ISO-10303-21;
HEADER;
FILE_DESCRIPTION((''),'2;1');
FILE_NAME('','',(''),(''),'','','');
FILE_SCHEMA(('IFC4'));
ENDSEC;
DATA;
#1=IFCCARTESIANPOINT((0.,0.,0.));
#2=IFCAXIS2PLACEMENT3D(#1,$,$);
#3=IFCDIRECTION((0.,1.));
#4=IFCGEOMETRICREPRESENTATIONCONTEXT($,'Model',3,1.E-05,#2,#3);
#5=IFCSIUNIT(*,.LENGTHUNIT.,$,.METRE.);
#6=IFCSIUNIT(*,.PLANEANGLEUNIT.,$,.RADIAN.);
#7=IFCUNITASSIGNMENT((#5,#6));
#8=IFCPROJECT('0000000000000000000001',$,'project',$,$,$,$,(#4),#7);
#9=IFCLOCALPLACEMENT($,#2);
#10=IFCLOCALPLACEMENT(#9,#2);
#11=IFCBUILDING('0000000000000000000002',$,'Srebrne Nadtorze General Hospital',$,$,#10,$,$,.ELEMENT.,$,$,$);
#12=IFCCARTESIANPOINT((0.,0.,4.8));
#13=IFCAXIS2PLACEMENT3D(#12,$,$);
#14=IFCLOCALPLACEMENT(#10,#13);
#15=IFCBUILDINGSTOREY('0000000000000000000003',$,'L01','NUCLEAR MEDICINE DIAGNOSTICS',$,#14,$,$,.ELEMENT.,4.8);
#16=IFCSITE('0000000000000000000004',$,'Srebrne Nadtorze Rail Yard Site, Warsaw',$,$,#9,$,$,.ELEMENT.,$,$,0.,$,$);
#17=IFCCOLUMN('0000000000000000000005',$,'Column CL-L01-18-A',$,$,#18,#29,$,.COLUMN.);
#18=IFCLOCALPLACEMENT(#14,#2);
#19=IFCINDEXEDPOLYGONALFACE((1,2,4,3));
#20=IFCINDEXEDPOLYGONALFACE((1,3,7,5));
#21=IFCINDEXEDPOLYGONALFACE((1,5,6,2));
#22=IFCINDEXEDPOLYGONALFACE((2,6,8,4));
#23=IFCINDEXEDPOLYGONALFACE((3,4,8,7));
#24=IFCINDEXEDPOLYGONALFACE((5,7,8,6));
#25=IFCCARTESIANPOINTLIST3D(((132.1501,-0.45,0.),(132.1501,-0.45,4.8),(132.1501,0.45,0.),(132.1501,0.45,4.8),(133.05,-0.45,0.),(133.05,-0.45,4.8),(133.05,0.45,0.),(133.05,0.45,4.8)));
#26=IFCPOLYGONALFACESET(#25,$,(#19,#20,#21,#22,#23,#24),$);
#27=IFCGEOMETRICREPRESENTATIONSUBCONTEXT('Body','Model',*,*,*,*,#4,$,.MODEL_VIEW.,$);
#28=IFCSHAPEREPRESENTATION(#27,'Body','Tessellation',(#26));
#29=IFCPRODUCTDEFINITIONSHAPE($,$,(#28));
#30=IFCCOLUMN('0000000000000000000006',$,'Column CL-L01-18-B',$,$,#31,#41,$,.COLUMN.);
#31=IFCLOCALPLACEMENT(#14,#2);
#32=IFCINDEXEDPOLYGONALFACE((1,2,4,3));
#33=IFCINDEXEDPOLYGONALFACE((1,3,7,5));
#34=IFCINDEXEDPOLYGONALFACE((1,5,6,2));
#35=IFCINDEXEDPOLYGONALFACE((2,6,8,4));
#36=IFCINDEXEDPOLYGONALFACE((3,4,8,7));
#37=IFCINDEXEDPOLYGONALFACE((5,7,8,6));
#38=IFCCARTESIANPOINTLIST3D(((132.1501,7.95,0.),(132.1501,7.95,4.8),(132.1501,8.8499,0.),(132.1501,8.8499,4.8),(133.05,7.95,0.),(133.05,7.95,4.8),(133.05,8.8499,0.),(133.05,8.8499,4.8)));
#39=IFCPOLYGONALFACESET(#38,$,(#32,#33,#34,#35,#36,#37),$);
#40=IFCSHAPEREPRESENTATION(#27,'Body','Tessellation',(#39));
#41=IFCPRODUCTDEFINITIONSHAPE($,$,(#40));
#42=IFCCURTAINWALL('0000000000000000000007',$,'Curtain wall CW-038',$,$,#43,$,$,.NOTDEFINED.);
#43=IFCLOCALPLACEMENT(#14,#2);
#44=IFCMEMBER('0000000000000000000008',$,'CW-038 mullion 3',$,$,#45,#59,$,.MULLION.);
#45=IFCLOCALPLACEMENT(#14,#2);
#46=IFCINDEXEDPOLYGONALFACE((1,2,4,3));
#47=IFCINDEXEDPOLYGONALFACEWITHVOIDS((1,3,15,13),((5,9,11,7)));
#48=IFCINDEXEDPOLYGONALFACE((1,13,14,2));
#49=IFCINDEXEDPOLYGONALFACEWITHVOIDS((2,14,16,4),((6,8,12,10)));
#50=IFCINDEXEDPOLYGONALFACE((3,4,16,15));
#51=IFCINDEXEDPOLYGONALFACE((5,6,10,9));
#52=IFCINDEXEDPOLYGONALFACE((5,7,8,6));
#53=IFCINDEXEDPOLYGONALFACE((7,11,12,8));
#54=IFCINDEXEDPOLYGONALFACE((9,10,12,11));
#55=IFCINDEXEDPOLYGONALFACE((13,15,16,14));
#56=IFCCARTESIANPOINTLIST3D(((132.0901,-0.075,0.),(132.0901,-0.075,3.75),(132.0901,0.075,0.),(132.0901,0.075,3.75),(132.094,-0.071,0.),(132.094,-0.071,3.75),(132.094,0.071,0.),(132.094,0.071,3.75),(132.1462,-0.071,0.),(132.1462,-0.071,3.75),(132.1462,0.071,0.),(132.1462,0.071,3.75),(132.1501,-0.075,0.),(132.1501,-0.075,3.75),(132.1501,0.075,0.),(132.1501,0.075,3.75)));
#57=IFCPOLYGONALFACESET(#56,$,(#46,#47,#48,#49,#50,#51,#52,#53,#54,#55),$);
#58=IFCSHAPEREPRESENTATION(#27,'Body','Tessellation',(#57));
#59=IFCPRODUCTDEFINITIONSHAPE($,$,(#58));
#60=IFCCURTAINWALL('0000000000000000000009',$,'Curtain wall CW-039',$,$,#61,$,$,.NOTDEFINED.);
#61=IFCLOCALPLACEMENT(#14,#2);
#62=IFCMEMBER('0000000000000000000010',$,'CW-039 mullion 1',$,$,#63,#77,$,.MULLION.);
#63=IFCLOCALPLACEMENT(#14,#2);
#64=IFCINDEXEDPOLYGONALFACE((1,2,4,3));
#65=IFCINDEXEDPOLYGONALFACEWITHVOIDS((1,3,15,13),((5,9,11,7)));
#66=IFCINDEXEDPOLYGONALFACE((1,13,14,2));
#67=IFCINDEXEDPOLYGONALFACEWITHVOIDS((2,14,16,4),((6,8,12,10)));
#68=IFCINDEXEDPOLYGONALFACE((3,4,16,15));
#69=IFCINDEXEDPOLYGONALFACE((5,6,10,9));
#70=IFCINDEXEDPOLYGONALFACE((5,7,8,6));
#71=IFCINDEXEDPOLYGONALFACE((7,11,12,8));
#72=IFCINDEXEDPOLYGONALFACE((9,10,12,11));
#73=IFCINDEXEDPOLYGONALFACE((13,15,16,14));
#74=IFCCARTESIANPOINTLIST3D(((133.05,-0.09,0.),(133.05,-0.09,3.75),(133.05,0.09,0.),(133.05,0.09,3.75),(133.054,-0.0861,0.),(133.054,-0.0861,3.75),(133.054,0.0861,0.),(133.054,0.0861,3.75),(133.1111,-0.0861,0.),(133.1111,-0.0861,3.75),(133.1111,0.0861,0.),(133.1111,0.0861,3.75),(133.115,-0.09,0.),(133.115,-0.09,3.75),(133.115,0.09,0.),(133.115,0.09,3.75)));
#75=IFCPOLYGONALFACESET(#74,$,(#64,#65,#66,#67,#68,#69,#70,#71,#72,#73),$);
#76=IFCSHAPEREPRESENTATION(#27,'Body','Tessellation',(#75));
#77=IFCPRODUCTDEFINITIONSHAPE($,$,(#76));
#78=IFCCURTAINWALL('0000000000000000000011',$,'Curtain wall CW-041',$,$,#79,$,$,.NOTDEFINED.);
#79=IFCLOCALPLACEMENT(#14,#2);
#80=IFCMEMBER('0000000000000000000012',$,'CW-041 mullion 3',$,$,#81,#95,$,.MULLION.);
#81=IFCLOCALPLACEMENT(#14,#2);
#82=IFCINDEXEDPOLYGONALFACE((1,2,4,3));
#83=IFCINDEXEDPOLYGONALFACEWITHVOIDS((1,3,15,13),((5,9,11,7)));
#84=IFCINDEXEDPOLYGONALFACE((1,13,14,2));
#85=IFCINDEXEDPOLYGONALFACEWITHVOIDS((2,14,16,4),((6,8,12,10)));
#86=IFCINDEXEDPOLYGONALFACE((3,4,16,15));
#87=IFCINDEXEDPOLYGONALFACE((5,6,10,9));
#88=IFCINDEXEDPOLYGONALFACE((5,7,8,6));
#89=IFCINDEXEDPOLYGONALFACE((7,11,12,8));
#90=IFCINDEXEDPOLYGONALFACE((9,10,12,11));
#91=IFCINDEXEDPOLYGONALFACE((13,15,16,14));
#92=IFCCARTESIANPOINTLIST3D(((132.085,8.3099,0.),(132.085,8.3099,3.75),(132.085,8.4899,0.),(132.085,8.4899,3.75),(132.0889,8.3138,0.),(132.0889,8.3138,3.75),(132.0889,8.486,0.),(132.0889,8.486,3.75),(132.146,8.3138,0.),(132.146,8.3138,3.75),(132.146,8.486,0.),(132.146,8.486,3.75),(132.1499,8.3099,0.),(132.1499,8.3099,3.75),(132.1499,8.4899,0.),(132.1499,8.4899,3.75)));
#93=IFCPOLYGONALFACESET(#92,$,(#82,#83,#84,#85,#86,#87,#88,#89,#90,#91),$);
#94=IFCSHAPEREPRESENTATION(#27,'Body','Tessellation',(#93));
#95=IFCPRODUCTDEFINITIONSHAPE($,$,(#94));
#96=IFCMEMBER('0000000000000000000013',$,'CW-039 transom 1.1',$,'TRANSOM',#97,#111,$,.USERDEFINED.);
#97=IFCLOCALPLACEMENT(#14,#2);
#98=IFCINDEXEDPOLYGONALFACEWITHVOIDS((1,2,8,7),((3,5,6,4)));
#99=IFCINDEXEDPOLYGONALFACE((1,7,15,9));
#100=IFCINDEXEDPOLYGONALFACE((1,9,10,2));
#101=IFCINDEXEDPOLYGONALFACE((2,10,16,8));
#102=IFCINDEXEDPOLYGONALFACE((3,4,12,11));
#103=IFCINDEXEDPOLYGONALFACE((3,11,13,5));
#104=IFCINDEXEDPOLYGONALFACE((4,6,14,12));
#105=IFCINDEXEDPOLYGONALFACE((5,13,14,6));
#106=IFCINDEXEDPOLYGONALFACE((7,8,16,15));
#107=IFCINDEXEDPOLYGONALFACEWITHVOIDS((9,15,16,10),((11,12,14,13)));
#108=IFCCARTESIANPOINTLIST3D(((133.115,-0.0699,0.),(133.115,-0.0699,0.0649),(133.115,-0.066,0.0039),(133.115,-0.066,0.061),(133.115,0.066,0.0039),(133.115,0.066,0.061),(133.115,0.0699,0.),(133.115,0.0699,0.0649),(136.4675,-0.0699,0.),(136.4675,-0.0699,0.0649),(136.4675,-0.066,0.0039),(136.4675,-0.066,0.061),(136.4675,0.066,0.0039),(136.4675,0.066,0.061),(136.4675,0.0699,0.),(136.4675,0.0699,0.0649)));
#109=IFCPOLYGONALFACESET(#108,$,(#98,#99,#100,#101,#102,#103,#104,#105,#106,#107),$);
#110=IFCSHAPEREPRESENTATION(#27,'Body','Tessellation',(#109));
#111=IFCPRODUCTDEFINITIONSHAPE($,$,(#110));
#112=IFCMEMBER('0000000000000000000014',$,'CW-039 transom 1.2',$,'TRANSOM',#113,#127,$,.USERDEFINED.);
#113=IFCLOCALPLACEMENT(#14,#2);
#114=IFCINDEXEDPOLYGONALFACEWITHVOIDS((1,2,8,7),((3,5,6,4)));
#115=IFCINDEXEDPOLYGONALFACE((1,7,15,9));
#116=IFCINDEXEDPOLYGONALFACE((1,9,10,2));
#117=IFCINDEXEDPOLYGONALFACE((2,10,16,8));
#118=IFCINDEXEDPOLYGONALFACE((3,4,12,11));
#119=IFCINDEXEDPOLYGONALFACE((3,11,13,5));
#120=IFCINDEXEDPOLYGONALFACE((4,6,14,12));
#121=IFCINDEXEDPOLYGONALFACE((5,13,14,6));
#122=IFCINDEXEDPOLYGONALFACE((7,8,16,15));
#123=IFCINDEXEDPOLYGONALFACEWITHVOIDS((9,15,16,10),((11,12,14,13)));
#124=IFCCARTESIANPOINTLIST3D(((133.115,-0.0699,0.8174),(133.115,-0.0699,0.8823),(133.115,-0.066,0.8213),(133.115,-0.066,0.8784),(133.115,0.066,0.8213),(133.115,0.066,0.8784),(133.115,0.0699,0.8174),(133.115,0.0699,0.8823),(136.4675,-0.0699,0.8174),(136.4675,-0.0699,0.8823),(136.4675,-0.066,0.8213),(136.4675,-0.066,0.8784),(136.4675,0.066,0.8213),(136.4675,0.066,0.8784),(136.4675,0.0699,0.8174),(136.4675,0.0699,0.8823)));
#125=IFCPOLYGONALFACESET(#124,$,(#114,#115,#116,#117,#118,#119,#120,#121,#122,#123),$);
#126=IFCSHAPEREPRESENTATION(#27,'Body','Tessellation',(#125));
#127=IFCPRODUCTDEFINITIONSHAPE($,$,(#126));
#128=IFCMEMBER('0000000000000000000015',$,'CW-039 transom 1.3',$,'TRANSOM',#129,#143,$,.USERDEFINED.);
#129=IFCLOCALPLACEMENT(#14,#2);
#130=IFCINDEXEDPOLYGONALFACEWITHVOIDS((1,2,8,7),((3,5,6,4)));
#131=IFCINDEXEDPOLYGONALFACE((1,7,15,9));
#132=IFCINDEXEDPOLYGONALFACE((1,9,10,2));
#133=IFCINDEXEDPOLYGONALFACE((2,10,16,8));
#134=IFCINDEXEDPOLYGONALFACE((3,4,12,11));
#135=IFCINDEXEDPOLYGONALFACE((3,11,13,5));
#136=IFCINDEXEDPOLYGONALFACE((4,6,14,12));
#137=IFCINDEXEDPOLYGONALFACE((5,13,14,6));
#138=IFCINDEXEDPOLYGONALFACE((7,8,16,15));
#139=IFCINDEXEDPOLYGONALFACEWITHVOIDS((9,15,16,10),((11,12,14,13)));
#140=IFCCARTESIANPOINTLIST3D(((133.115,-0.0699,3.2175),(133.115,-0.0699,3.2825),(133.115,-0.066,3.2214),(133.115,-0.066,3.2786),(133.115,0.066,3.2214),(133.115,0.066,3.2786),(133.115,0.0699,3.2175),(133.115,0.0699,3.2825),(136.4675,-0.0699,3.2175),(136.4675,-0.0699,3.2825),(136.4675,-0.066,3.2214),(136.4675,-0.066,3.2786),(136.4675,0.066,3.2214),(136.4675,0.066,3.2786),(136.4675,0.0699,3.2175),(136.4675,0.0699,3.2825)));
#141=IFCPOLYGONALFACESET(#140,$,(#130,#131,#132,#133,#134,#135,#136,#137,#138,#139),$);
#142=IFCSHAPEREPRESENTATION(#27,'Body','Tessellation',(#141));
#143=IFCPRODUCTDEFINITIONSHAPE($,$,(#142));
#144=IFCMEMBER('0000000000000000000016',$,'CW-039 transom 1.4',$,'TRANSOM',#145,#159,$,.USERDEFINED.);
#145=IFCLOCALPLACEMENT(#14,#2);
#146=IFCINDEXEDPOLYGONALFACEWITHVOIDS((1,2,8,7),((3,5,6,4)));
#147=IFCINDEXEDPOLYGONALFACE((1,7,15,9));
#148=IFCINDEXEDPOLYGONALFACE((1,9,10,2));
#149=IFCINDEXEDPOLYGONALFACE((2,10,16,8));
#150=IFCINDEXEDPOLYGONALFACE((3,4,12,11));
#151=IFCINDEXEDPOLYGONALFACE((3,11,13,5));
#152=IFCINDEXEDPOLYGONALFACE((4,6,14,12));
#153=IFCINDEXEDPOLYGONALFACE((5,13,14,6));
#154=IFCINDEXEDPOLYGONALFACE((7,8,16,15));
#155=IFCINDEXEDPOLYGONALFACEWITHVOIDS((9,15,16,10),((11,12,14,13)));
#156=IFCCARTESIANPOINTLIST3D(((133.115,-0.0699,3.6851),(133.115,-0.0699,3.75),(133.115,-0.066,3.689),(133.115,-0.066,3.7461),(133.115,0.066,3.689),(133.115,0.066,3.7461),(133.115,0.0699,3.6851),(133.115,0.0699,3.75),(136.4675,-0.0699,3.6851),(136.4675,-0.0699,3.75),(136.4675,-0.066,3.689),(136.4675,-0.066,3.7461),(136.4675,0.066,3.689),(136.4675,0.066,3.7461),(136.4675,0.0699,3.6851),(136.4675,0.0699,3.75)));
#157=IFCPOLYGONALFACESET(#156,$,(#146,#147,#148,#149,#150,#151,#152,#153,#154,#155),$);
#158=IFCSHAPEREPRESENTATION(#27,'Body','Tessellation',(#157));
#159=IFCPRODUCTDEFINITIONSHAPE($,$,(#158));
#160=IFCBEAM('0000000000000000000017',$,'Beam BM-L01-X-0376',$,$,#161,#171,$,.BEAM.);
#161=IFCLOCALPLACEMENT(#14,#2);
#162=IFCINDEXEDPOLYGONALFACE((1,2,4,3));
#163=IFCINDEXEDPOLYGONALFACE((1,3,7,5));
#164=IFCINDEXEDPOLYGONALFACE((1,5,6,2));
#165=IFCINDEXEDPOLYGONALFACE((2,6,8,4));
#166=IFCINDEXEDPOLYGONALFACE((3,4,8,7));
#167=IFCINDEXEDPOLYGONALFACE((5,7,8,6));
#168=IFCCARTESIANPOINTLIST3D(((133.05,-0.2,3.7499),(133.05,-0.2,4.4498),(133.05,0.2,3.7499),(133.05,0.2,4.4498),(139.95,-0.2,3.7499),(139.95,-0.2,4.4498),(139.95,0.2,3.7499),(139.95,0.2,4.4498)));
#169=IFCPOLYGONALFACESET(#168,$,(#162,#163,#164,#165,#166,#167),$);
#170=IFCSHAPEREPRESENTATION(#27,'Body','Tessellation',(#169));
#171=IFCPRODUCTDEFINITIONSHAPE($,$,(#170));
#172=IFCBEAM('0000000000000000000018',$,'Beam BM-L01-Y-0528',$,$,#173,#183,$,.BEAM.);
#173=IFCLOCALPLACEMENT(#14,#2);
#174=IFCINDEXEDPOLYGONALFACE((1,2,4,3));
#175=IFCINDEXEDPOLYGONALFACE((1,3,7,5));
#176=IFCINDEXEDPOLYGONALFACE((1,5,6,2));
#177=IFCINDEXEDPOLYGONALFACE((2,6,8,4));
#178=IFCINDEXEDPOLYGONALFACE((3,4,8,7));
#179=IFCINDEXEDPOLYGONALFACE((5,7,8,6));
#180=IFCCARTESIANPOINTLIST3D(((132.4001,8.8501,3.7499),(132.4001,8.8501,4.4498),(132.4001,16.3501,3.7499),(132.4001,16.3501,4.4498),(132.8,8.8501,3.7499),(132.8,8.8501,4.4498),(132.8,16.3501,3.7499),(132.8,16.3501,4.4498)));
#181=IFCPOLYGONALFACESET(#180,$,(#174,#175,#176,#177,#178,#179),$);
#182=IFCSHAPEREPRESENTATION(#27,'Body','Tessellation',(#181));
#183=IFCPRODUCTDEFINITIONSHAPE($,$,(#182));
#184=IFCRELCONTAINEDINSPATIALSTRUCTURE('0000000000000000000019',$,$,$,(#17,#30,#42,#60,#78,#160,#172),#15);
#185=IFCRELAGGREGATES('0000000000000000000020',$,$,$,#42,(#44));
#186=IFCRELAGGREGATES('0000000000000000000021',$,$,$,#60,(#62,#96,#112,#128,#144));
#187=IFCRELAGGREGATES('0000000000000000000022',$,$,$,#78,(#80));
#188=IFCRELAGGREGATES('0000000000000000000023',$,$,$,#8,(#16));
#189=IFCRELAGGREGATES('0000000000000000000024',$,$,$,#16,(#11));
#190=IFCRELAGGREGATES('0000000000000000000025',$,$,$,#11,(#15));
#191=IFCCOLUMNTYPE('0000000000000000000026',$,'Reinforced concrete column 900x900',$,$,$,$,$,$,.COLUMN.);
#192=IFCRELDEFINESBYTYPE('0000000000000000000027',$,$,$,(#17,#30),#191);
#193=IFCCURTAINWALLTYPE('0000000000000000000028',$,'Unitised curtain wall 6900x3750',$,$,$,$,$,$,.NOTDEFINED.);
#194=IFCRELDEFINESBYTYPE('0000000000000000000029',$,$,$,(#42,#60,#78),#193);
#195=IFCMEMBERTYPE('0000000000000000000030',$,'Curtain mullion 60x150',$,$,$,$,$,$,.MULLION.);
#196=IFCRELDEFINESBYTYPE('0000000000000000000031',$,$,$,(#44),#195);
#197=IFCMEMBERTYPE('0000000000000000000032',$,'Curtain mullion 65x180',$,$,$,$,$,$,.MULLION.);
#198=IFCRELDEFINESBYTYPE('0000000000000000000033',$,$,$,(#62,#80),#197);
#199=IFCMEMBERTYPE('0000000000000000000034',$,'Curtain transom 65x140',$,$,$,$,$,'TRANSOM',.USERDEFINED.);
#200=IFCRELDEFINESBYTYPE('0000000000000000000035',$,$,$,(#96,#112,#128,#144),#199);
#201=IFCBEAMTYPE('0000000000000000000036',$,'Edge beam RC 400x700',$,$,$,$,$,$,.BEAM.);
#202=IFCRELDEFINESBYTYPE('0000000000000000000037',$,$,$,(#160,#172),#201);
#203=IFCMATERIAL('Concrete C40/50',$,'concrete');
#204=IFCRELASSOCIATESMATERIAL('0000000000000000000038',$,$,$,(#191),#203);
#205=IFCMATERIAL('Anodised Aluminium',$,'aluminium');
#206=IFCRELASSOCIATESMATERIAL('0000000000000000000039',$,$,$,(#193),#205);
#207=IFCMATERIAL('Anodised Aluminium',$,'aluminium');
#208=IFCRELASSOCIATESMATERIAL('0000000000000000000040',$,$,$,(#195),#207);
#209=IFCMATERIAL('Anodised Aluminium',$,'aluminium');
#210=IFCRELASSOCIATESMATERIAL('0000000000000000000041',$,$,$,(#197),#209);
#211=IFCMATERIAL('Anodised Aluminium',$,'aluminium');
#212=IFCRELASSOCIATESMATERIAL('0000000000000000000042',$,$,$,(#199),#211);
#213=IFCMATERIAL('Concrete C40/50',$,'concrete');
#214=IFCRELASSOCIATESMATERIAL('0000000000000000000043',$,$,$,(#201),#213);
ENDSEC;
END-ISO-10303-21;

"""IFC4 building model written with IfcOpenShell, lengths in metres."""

from ifc_helpers import new_model, si_unit, direction, frame, origin, origin_2d, place, context, subcontext, project, spatial, rectangle, hollow_rectangle, extrude, material, material_profile, profile_set, type_object, element, aggregate, save


model = new_model("IFC4")

# Units and contexts
model_context = context("Model", 3, precision=1e-05, world=origin(), true_north=direction((0.0, 1.0)))
body_context = subcontext(model_context, "Body", "Model", "MODEL_VIEW")
ifc_project = project(units=[si_unit("LENGTHUNIT", "METRE"), si_unit("PLANEANGLEUNIT", "RADIAN")], contexts=[model_context])

# Site, building, storey
site_placement = place(None, origin())
site = spatial("IfcSite", under=ifc_project, at=site_placement, Name="Srebrne Nadtorze Rail Yard Site, Warsaw", CompositionType="ELEMENT", RefElevation=0.0)
building_placement = place(site_placement, origin())
building = spatial("IfcBuilding", under=site, at=building_placement, Name="Srebrne Nadtorze General Hospital", CompositionType="ELEMENT")
storey_placement = place(building_placement, frame((0.0, 0.0, 4.8)))
storey = spatial("IfcBuildingStorey", under=building, at=storey_placement, Name="L01", Description="NUCLEAR MEDICINE DIAGNOSTICS", CompositionType="ELEMENT", Elevation=4.8)

# Columns
ifc_material_1 = material(Name="Concrete C40/50", Category="concrete")
ifc_material_profile_1 = material_profile(ifc_material_1, rectangle(XDim=0.8999, YDim=0.8999, at=origin_2d()), Name="RC-COL-900x900")
ifc_profile_set_1 = profile_set([ifc_material_profile_1], Name="Concrete C40/50")
column_type = type_object("IfcColumnType", Name="Reinforced concrete column 900x900", PredefinedType="COLUMN", material=ifc_profile_set_1)
for number, where, z_axis, x_axis, name in (
    (1, (132.6001, 0.0, 0.0), (0.0, 0.0, 1.0), (1.0, 0.0, 0.0), "Column CL-L01-18-A"),
    (2, (132.6001, 8.3999, 0.0), (0.0, 0.0, 1.0), (1.0, 0.0, 0.0), "Column CL-L01-18-B"),
):
    element("IfcColumn", number, at=place(storey_placement, frame(where, z_axis=z_axis, x_axis=x_axis)), inside=storey, type_object=column_type, Name=name, PredefinedType="COLUMN", context=body_context, shape_type="SweptSolid", body=[
        extrude(rectangle(XDim=0.8999, YDim=0.8999, at=origin_2d()), origin(), (0.0, 0.0, 1.0), 4.8),
    ])

# Curtain walls, members
ifc_material_2 = material(Name="Anodised Aluminium", Category="aluminium")
curtain_wall_type = type_object("IfcCurtainWallType", Name="Unitised curtain wall 6900x3750", PredefinedType="NOTDEFINED", material=ifc_material_2)
curtain_wall_1_placement = place(storey_placement, origin())
curtain_wall_1 = element("IfcCurtainWall", 3, at=curtain_wall_1_placement, inside=storey, type_object=curtain_wall_type, Name="Curtain wall CW-038", PredefinedType="NOTDEFINED")
ifc_material_3 = material(Name="Anodised Aluminium", Category="aluminium")
ifc_material_profile_2 = material_profile(ifc_material_3, hollow_rectangle(XDim=0.0601, YDim=0.1499, WallThickness=0.0039, at=origin_2d()), Name="AL-MUL-60x150")
ifc_profile_set_2 = profile_set([ifc_material_profile_2], Name="Anodised Aluminium")
member_type_1 = type_object("IfcMemberType", Name="Curtain mullion 60x150", PredefinedType="MULLION", material=ifc_profile_set_2)
member_1_placement = place(storey_placement, frame((132.1201, 0.0, 0.0), z_axis=(0.0, 0.0, 1.0), x_axis=(1.0, 0.0, 0.0)))
member_1 = element("IfcMember", 4, at=member_1_placement, type_object=member_type_1, Name="CW-038 mullion 3", PredefinedType="MULLION", context=body_context, shape_type="SweptSolid", body=[
    extrude(hollow_rectangle(XDim=0.0601, YDim=0.1499, WallThickness=0.0039, at=origin_2d()), origin(), (0.0, 0.0, 1.0), 3.75),
])
curtain_wall_2_placement = place(storey_placement, origin())
curtain_wall_2 = element("IfcCurtainWall", 5, at=curtain_wall_2_placement, inside=storey, type_object=curtain_wall_type, Name="Curtain wall CW-039", PredefinedType="NOTDEFINED")
ifc_material_4 = material(Name="Anodised Aluminium", Category="aluminium")
ifc_material_profile_3 = material_profile(ifc_material_4, hollow_rectangle(XDim=0.0649, YDim=0.1799, WallThickness=0.0039, at=origin_2d()), Name="AL-MUL-65x180")
ifc_profile_set_3 = profile_set([ifc_material_profile_3], Name="Anodised Aluminium")
member_type_2 = type_object("IfcMemberType", Name="Curtain mullion 65x180", PredefinedType="MULLION", material=ifc_profile_set_3)
member_2_placement = place(storey_placement, frame((133.0825, 0.0, 0.0), z_axis=(0.0, 0.0, 1.0), x_axis=(1.0, 0.0, 0.0)))
member_2 = element("IfcMember", 6, at=member_2_placement, type_object=member_type_2, Name="CW-039 mullion 1", PredefinedType="MULLION", context=body_context, shape_type="SweptSolid", body=[
    extrude(hollow_rectangle(XDim=0.0649, YDim=0.1799, WallThickness=0.0039, at=origin_2d()), origin(), (0.0, 0.0, 1.0), 3.75),
])
curtain_wall_3_placement = place(storey_placement, origin())
curtain_wall_3 = element("IfcCurtainWall", 7, at=curtain_wall_3_placement, inside=storey, type_object=curtain_wall_type, Name="Curtain wall CW-041", PredefinedType="NOTDEFINED")
member_3_placement = place(storey_placement, frame((132.1174, 8.3999, 0.0), z_axis=(0.0, 0.0, 1.0), x_axis=(1.0, 0.0, 0.0)))
member_3 = element("IfcMember", 8, at=member_3_placement, type_object=member_type_2, Name="CW-041 mullion 3", PredefinedType="MULLION", context=body_context, shape_type="SweptSolid", body=[
    extrude(hollow_rectangle(XDim=0.0649, YDim=0.1799, WallThickness=0.0039, at=origin_2d()), origin(), (0.0, 0.0, 1.0), 3.75),
])

# Members
ifc_material_5 = material(Name="Anodised Aluminium", Category="aluminium")
ifc_material_profile_4 = material_profile(ifc_material_5, hollow_rectangle(XDim=0.0649, YDim=0.1399, WallThickness=0.0039, at=origin_2d()), Name="AL-TRN-65x140")
ifc_profile_set_4 = profile_set([ifc_material_profile_4], Name="Anodised Aluminium")
member_type_3 = type_object("IfcMemberType", Name="Curtain transom 65x140", ElementType="TRANSOM", PredefinedType="USERDEFINED", material=ifc_profile_set_4)
member_4_placement = place(storey_placement, frame((133.115, 0.0, 0.0325), z_axis=(1.0, 0.0, 0.0), x_axis=(0.0, 0.0, 1.0)))
member_4 = element("IfcMember", 9, at=member_4_placement, type_object=member_type_3, Name="CW-039 transom 1.1", ObjectType="TRANSOM", PredefinedType="USERDEFINED", context=body_context, shape_type="SweptSolid", body=[
    extrude(hollow_rectangle(XDim=0.0649, YDim=0.1399, WallThickness=0.0039, at=origin_2d()), origin(), (0.0, 0.0, 1.0), 3.3525),
])
member_5_placement = place(storey_placement, frame((133.115, 0.0, 0.8499), z_axis=(1.0, 0.0, 0.0), x_axis=(0.0, 0.0, 1.0)))
member_5 = element("IfcMember", 10, at=member_5_placement, type_object=member_type_3, Name="CW-039 transom 1.2", ObjectType="TRANSOM", PredefinedType="USERDEFINED", context=body_context, shape_type="SweptSolid", body=[
    extrude(hollow_rectangle(XDim=0.0649, YDim=0.1399, WallThickness=0.0039, at=origin_2d()), origin(), (0.0, 0.0, 1.0), 3.3525),
])
member_6_placement = place(storey_placement, frame((133.115, 0.0, 3.25), z_axis=(1.0, 0.0, 0.0), x_axis=(0.0, 0.0, 1.0)))
member_6 = element("IfcMember", 11, at=member_6_placement, type_object=member_type_3, Name="CW-039 transom 1.3", ObjectType="TRANSOM", PredefinedType="USERDEFINED", context=body_context, shape_type="SweptSolid", body=[
    extrude(hollow_rectangle(XDim=0.0649, YDim=0.1399, WallThickness=0.0039, at=origin_2d()), origin(), (0.0, 0.0, 1.0), 3.3525),
])
member_7_placement = place(storey_placement, frame((133.115, 0.0, 3.7175), z_axis=(1.0, 0.0, 0.0), x_axis=(0.0, 0.0, 1.0)))
member_7 = element("IfcMember", 12, at=member_7_placement, type_object=member_type_3, Name="CW-039 transom 1.4", ObjectType="TRANSOM", PredefinedType="USERDEFINED", context=body_context, shape_type="SweptSolid", body=[
    extrude(hollow_rectangle(XDim=0.0649, YDim=0.1399, WallThickness=0.0039, at=origin_2d()), origin(), (0.0, 0.0, 1.0), 3.3525),
])

# Beams
ifc_material_6 = material(Name="Concrete C40/50", Category="concrete")
ifc_material_profile_5 = material_profile(ifc_material_6, rectangle(XDim=0.3999, YDim=0.7, at=origin_2d()), Name="RC-BM-400x700")
ifc_profile_set_5 = profile_set([ifc_material_profile_5], Name="Concrete C40/50")
beam_type_1 = type_object("IfcBeamType", Name="Edge beam RC 400x700", PredefinedType="BEAM", material=ifc_profile_set_5)
beam_1_placement = place(storey_placement, frame((133.05, 0.0, 4.0999), z_axis=(1.0, 0.0, 0.0), x_axis=(0.0, 1.0, 0.0)))
element("IfcBeam", 13, at=beam_1_placement, inside=storey, type_object=beam_type_1, Name="Beam BM-L01-X-0376", PredefinedType="BEAM", context=body_context, shape_type="SweptSolid", body=[
    extrude(rectangle(XDim=0.3999, YDim=0.7, at=origin_2d()), origin(), (0.0, 0.0, 1.0), 6.8999),
])
beam_2_placement = place(storey_placement, frame((132.6001, 8.8501, 4.0999), z_axis=(0.0, 1.0, 0.0), x_axis=(-1.0, 0.0, 0.0)))
element("IfcBeam", 14, at=beam_2_placement, inside=storey, type_object=beam_type_1, Name="Beam BM-L01-Y-0528", PredefinedType="BEAM", context=body_context, shape_type="SweptSolid", body=[
    extrude(rectangle(XDim=0.3999, YDim=0.7, at=origin_2d()), origin(), (0.0, 0.0, 1.0), 7.5),
])

aggregate(curtain_wall_1, [member_1])
aggregate(curtain_wall_2, [member_2, member_4, member_5, member_6, member_7])
aggregate(curtain_wall_3, [member_3])

save(model, "model.ifc")
